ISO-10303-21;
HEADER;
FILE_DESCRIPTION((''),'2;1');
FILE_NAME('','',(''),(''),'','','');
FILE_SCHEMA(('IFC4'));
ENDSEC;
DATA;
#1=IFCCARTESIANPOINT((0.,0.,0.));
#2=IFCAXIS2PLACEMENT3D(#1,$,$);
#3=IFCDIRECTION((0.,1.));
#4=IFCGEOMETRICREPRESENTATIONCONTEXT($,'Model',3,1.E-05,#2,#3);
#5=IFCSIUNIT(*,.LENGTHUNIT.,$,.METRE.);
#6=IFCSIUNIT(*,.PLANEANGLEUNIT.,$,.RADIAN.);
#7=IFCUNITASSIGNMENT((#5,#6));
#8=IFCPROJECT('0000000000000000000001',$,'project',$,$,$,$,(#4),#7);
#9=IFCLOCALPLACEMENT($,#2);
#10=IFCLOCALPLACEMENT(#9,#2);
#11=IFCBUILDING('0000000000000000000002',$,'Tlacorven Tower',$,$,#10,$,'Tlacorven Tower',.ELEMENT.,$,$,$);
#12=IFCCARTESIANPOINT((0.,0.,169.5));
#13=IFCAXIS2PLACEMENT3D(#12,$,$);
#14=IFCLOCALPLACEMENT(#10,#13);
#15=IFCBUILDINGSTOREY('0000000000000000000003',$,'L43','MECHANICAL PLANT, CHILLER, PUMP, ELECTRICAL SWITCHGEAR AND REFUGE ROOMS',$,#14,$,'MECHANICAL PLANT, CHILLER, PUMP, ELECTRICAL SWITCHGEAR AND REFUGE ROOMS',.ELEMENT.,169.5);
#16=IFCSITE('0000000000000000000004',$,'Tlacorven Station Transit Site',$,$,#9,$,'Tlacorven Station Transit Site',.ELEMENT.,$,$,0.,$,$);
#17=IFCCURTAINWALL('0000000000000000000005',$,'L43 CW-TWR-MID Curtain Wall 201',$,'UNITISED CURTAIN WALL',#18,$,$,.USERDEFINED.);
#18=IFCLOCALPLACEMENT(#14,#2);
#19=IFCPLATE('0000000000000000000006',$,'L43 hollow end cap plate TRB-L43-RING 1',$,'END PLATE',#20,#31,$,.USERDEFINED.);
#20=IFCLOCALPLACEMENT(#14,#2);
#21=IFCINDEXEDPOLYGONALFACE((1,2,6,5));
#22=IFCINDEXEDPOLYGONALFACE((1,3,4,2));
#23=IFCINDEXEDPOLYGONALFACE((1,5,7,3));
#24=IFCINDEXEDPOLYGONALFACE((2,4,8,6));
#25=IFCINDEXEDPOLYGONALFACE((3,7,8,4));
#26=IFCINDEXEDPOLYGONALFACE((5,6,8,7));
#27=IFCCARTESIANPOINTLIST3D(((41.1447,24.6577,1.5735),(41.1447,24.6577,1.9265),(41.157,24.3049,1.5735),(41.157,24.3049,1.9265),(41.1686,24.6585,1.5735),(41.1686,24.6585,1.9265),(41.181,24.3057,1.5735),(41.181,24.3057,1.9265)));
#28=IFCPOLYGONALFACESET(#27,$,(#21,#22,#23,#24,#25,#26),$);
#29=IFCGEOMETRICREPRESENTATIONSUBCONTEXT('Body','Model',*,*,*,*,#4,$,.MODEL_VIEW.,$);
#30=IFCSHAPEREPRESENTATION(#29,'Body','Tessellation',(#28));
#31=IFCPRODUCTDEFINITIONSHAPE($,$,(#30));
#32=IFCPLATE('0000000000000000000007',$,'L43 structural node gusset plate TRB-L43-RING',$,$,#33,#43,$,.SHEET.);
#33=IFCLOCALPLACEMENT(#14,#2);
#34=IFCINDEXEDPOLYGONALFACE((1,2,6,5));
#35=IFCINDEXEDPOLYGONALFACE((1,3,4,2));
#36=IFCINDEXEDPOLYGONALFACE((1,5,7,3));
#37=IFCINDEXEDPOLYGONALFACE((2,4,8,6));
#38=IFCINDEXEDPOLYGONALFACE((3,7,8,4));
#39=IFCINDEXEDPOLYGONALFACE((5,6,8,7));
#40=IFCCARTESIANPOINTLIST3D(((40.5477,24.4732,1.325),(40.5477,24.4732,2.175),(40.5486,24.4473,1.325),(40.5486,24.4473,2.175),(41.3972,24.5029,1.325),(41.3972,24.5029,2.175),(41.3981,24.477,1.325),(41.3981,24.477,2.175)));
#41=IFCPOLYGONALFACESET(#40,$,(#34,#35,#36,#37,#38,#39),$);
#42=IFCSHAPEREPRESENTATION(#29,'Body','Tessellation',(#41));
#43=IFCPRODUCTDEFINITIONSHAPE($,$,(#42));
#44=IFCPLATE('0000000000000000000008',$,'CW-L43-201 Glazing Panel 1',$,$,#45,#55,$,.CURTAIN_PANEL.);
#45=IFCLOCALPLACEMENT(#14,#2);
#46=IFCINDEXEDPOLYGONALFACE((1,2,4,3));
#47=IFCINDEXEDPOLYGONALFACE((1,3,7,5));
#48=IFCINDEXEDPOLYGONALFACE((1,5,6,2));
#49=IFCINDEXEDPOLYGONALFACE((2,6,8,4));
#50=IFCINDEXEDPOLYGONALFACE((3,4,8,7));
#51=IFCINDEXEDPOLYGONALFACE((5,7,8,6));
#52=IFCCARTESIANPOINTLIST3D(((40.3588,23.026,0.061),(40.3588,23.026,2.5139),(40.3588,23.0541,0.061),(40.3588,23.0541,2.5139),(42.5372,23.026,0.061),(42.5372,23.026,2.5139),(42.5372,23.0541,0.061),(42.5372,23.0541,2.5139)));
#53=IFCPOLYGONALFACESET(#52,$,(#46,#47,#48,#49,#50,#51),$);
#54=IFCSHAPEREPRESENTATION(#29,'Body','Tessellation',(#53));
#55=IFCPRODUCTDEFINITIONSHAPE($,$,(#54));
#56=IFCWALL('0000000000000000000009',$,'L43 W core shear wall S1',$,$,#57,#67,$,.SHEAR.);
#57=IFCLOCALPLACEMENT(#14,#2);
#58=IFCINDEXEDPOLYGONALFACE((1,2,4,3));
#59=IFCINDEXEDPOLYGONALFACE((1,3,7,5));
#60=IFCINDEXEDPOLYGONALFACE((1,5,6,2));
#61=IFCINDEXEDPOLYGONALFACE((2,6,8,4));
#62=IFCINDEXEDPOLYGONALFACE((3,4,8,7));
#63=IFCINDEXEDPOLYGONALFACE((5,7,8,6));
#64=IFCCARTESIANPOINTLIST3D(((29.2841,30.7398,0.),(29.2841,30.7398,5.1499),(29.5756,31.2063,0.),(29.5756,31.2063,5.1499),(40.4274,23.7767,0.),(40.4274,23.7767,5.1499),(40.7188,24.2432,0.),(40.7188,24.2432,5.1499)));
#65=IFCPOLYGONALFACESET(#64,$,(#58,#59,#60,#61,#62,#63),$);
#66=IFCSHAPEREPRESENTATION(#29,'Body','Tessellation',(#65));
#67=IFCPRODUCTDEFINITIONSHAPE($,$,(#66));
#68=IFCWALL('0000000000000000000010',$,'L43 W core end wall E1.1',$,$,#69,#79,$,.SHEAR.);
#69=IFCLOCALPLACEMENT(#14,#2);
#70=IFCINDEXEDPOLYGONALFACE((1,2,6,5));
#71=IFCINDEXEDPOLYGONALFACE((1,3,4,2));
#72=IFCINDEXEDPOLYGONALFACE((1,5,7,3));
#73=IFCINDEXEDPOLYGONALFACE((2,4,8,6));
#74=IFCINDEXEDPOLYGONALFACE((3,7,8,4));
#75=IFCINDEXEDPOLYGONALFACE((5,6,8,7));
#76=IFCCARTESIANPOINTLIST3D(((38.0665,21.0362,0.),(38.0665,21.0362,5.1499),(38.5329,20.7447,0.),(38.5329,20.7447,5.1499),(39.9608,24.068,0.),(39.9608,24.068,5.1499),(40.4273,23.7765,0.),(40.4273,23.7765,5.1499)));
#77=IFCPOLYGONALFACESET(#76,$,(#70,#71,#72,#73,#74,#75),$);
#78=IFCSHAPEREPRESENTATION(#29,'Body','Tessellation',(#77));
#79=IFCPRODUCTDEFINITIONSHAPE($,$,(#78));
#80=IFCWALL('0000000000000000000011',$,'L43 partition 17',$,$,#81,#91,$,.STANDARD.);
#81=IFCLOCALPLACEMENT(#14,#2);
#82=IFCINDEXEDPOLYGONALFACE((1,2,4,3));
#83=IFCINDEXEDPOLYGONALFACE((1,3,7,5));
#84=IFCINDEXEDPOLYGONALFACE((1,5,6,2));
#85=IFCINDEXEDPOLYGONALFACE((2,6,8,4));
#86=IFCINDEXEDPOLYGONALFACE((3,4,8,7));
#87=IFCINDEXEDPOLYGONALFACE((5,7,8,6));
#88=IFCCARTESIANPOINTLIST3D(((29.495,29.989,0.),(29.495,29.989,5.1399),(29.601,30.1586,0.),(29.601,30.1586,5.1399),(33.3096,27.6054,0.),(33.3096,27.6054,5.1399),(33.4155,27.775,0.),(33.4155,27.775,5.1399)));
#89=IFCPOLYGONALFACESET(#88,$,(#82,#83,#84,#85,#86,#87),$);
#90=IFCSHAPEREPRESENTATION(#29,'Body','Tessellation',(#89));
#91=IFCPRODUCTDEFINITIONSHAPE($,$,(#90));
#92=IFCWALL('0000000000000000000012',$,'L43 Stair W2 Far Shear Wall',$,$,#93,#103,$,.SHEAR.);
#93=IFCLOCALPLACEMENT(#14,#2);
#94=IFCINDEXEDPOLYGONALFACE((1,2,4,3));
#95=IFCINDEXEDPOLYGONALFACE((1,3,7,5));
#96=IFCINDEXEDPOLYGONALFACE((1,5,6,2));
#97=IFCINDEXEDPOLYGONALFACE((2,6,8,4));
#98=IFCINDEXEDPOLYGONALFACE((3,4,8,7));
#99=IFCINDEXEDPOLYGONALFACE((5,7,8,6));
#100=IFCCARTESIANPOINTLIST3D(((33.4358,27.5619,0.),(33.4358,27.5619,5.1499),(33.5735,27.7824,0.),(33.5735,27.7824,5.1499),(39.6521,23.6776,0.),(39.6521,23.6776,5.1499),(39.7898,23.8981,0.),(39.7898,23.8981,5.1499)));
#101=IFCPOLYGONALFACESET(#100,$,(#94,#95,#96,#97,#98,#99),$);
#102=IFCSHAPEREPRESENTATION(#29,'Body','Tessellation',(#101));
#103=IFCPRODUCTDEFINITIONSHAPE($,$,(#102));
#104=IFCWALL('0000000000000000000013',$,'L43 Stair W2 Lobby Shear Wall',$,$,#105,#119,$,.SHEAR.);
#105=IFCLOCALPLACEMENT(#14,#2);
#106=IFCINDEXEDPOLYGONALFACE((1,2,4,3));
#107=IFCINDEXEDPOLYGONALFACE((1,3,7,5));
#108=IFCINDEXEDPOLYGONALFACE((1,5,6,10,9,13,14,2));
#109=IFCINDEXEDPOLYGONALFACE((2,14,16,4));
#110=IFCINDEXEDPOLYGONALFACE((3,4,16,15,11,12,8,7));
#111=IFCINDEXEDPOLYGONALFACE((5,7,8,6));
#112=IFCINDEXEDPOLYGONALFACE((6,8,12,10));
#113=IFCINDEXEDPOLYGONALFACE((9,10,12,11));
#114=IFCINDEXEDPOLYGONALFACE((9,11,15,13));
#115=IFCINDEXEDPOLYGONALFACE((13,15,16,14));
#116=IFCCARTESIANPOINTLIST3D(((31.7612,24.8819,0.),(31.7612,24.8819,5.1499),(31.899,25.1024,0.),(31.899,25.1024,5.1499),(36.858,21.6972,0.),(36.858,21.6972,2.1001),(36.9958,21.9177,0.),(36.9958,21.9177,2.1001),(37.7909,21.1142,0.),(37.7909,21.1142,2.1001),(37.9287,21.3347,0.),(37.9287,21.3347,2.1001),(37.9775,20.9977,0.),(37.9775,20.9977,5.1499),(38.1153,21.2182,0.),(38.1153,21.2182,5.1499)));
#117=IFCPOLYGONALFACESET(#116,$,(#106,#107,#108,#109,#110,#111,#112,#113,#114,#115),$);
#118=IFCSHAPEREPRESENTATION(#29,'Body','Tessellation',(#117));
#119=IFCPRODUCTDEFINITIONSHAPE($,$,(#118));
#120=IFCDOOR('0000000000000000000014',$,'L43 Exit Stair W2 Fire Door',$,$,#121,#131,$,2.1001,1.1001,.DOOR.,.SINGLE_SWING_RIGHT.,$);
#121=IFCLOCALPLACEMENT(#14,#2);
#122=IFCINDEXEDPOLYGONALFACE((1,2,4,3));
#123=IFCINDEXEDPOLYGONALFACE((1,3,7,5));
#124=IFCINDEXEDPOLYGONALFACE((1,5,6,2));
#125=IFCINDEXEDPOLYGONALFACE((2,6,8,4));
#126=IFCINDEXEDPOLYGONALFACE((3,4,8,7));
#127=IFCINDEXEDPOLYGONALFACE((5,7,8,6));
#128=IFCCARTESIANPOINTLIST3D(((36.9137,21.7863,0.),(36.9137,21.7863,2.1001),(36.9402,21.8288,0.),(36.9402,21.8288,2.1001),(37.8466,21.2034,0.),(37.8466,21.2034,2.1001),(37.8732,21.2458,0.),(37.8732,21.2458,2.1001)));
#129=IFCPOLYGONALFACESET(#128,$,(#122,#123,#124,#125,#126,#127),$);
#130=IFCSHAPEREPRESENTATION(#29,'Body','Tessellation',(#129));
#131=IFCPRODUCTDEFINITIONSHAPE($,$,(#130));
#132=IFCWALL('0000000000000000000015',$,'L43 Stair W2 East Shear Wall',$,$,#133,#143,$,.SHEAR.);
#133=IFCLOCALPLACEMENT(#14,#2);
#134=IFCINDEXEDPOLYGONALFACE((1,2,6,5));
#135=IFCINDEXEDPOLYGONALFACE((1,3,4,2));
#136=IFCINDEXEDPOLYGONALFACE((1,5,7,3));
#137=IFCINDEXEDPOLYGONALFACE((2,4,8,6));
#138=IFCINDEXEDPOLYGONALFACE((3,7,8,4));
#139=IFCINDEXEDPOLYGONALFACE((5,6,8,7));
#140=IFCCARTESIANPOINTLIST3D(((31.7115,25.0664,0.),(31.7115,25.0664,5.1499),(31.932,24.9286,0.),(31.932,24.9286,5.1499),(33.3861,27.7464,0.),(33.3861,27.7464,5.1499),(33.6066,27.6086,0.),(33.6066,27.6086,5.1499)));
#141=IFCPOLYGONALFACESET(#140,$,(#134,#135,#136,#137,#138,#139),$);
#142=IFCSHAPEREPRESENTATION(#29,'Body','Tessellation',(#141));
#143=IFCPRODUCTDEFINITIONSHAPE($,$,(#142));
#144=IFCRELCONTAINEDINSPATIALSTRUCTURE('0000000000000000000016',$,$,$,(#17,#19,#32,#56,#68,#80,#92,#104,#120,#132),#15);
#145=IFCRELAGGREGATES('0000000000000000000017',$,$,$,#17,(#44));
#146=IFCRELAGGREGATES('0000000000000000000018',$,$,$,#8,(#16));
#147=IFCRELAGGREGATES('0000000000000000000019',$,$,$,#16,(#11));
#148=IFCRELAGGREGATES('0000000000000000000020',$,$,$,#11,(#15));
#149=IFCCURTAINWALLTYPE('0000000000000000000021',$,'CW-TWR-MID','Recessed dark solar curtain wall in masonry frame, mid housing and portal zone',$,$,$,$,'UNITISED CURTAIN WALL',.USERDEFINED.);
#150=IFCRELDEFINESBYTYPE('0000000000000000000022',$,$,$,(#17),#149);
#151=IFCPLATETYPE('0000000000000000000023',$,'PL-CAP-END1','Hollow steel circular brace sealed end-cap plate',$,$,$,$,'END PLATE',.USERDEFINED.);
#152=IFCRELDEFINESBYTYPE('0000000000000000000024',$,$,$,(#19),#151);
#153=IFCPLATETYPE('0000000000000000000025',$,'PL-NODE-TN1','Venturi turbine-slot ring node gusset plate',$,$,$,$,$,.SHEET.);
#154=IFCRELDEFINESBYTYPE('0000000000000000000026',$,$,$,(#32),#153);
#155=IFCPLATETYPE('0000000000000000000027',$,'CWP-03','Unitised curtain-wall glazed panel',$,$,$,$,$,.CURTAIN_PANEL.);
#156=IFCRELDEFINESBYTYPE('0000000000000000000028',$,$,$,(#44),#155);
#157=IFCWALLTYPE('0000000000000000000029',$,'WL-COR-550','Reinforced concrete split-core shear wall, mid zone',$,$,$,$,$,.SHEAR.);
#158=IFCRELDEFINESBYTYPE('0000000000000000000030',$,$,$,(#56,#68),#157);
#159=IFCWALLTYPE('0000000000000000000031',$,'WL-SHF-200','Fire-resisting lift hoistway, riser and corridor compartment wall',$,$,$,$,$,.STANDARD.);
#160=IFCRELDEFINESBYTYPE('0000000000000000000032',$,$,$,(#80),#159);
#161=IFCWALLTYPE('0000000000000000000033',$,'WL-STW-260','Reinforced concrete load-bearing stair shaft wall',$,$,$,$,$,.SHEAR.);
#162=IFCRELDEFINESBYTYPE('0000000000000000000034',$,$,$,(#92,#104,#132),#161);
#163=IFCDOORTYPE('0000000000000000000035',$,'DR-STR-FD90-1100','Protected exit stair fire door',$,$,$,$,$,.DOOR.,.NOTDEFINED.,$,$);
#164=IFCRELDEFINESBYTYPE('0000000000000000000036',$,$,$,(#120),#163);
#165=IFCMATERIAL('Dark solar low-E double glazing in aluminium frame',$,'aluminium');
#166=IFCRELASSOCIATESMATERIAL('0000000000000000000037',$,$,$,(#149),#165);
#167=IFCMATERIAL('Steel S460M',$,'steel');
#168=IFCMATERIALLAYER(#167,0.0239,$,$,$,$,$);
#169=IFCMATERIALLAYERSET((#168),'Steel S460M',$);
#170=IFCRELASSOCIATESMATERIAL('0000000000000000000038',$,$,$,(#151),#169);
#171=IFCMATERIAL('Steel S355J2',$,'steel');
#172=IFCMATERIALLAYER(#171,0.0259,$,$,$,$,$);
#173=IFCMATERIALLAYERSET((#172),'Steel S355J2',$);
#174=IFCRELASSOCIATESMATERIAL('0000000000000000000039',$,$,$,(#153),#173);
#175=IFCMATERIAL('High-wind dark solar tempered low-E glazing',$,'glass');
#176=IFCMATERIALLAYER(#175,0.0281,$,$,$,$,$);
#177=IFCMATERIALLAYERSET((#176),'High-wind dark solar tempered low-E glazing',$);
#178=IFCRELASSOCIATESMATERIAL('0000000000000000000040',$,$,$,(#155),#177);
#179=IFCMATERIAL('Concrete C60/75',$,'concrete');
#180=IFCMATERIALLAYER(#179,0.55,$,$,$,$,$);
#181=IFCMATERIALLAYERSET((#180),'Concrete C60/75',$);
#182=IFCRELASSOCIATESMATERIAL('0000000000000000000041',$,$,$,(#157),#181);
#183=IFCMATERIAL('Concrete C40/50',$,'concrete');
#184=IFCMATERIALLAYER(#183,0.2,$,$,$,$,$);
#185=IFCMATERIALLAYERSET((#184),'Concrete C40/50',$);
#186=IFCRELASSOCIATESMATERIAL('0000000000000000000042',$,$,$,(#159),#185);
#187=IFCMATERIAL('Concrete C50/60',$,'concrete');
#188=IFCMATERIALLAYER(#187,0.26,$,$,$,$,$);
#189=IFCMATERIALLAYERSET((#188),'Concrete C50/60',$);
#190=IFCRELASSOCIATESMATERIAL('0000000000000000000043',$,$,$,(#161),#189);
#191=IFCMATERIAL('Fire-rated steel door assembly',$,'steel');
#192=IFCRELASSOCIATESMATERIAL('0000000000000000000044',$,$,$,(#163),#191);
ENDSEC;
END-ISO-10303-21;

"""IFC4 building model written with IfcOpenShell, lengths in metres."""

from ifc_helpers import new_model, si_unit, direction, frame, frame_2d, origin, origin_2d, place, context, subcontext, project, spatial, rectangle, extrude, source, transform, mapped, material, layer, layer_set, type_object, element, fill, aggregate, save


model = new_model("IFC4")

# Units and contexts
model_context = context("Model", 3, precision=1e-05, world=origin(), true_north=direction((0.0, 1.0)))
body_context = subcontext(model_context, "Body", "Model", "MODEL_VIEW")
ifc_project = project(units=[si_unit("LENGTHUNIT", "METRE"), si_unit("PLANEANGLEUNIT", "RADIAN")], contexts=[model_context])

# Site, building, storey
site_placement = place(None, origin())
site = spatial("IfcSite", under=ifc_project, at=site_placement, Name="Tlacorven Station Transit Site", LongName="Tlacorven Station Transit Site", CompositionType="ELEMENT", RefElevation=0.0)
building_placement = place(site_placement, origin())
building = spatial("IfcBuilding", under=site, at=building_placement, Name="Tlacorven Tower", LongName="Tlacorven Tower", CompositionType="ELEMENT")
storey_placement = place(building_placement, frame((0.0, 0.0, 169.5)))
storey = spatial("IfcBuildingStorey", under=building, at=storey_placement, Name="L43", Description="MECHANICAL PLANT, CHILLER, PUMP, ELECTRICAL SWITCHGEAR AND REFUGE ROOMS", LongName="MECHANICAL PLANT, CHILLER, PUMP, ELECTRICAL SWITCHGEAR AND REFUGE ROOMS", CompositionType="ELEMENT", Elevation=169.5)

# Shared definitions
ifc_material_1 = material(Name="Steel S460M", Category="steel")

# Shared definitions
ifc_material_2 = material(Name="Steel S355J2", Category="steel")

# Curtain wall
ifc_material_3 = material(Name="Dark solar low-E double glazing in aluminium frame", Category="aluminium")
curtain_wall_type = type_object("IfcCurtainWallType", Name="CW-TWR-MID", Description="Recessed dark solar curtain wall in masonry frame, mid housing and portal zone", ElementType="UNITISED CURTAIN WALL", PredefinedType="USERDEFINED", material=ifc_material_3)
curtain_wall_placement = place(storey_placement, origin())
curtain_wall = element("IfcCurtainWall", 1, at=curtain_wall_placement, inside=storey, type_object=curtain_wall_type, Name="L43 CW-TWR-MID Curtain Wall 201", ObjectType="UNITISED CURTAIN WALL", PredefinedType="USERDEFINED")

# Plates
ifc_layer_1 = layer(ifc_material_1, 0.0239)
ifc_layer_set_1 = layer_set([ifc_layer_1], Name="Steel S460M")
plate_type_1 = type_object("IfcPlateType", Name="PL-CAP-END1", Description="Hollow steel circular brace sealed end-cap plate", ElementType="END PLATE", PredefinedType="USERDEFINED", material=ifc_layer_set_1)
shared_shape_1 = source(origin(), body_context, "Body", "SweptSolid", [
    extrude(rectangle(XDim=0.0239, YDim=0.353, at=origin_2d()), origin(), (0.0, 0.0, 1.0), 0.353),
])
plate_1_placement = place(storey_placement, frame((41.1628, 24.4817, 1.5735), z_axis=(0.0, 0.0, 1.0), x_axis=(0.999391, 0.034899, 0.0)))
element("IfcPlate", 2, at=plate_1_placement, inside=storey, type_object=plate_type_1, Name="L43 hollow end cap plate TRB-L43-RING 1", ObjectType="END PLATE", PredefinedType="USERDEFINED", context=body_context, shape_type="MappedRepresentation", body=[
    mapped(shared_shape_1, transform((0.0, 0.0, 0.0), scale=1.0)),
])
ifc_layer_2 = layer(ifc_material_2, 0.0259)
ifc_layer_set_2 = layer_set([ifc_layer_2], Name="Steel S355J2")
plate_type_2 = type_object("IfcPlateType", Name="PL-NODE-TN1", Description="Venturi turbine-slot ring node gusset plate", PredefinedType="SHEET", material=ifc_layer_set_2)
shared_shape_2 = source(origin(), body_context, "Body", "SweptSolid", [
    extrude(rectangle(XDim=0.8501, YDim=0.0259, at=origin_2d()), origin(), (0.0, 0.0, 1.0), 0.8501),
])
plate_2_placement = place(storey_placement, frame((40.9729, 24.4751, 1.325), z_axis=(0.0, 0.0, 1.0), x_axis=(0.999391, 0.034899, 0.0)))
element("IfcPlate", 3, at=plate_2_placement, inside=storey, type_object=plate_type_2, Name="L43 structural node gusset plate TRB-L43-RING", PredefinedType="SHEET", context=body_context, shape_type="MappedRepresentation", body=[
    mapped(shared_shape_2, transform((0.0, 0.0, 0.0), scale=1.0)),
])

# Plate
ifc_material_4 = material(Name="High-wind dark solar tempered low-E glazing", Category="glass")
ifc_layer_3 = layer(ifc_material_4, 0.0281)
ifc_layer_set_3 = layer_set([ifc_layer_3], Name="High-wind dark solar tempered low-E glazing")
plate_type_3 = type_object("IfcPlateType", Name="CWP-03", Description="Unitised curtain-wall glazed panel", PredefinedType="CURTAIN_PANEL", material=ifc_layer_set_3)
shared_shape_3 = source(origin(), body_context, "Body", "SweptSolid", [
    extrude(rectangle(XDim=2.1785, YDim=0.0281, at=origin_2d()), origin(), (0.0, 0.0, 1.0), 2.4529),
])
plate_3_placement = place(storey_placement, frame((41.448, 23.04, 0.061), z_axis=(0.0, 0.0, 1.0), x_axis=(1.0, 0.0, 0.0)))
plate_3 = element("IfcPlate", 4, at=plate_3_placement, type_object=plate_type_3, Name="CW-L43-201 Glazing Panel 1", PredefinedType="CURTAIN_PANEL", context=body_context, shape_type="MappedRepresentation", body=[
    mapped(shared_shape_3, transform((0.0, 0.0, 0.0), scale=1.0)),
])
aggregate(curtain_wall, [plate_3])

# Walls
ifc_material_5 = material(Name="Concrete C60/75", Category="concrete")
ifc_layer_4 = layer(ifc_material_5, 0.55)
ifc_layer_set_4 = layer_set([ifc_layer_4], Name="Concrete C60/75")
wall_type_1 = type_object("IfcWallType", Name="WL-COR-550", Description="Reinforced concrete split-core shear wall, mid zone", PredefinedType="SHEAR", material=ifc_layer_set_4)
wall_1_placement = place(storey_placement, frame((40.573, 24.01, 0.0), z_axis=(0.0, 0.0, 1.0), x_axis=(-0.848047, 0.52992, 0.0)))
element("IfcWall", 5, at=wall_1_placement, inside=storey, type_object=wall_type_1, Name="L43 W core shear wall S1", PredefinedType="SHEAR", context=body_context, shape_type="SweptSolid", body=[
    extrude(rectangle(XDim=13.1399, YDim=0.55, at=frame_2d((6.5698, 0.0))), origin(), (0.0, 0.0, 1.0), 5.1499),
])
wall_2_placement = place(storey_placement, frame((40.1941, 23.9224, 0.0), z_axis=(0.0, 0.0, 1.0), x_axis=(-0.529888, -0.848067, 0.0)))
element("IfcWall", 6, at=wall_2_placement, inside=storey, type_object=wall_type_1, Name="L43 W core end wall E1.1", PredefinedType="SHEAR", context=body_context, shape_type="SweptSolid", body=[
    extrude(rectangle(XDim=3.575, YDim=0.55, at=frame_2d((1.7876, 0.0))), origin(), (0.0, 0.0, 1.0), 5.1499),
])
ifc_material_6 = material(Name="Concrete C40/50", Category="concrete")
ifc_layer_5 = layer(ifc_material_6, 0.2)
ifc_layer_set_5 = layer_set([ifc_layer_5], Name="Concrete C40/50")
wall_type_2 = type_object("IfcWallType", Name="WL-SHF-200", Description="Fire-resisting lift hoistway, riser and corridor compartment wall", PredefinedType="STANDARD", material=ifc_layer_set_5)
wall_3_placement = place(storey_placement, frame((33.3625, 27.6902, 0.0), z_axis=(0.0, 0.0, 1.0), x_axis=(-0.848047, 0.529921, 0.0)))
element("IfcWall", 7, at=wall_3_placement, inside=storey, type_object=wall_type_2, Name="L43 partition 17", PredefinedType="STANDARD", context=body_context, shape_type="SweptSolid", body=[
    extrude(rectangle(XDim=4.498, YDim=0.2, at=frame_2d((2.249, 0.0))), origin(), (0.0, 0.0, 1.0), 5.1399),
])
ifc_material_7 = material(Name="Concrete C50/60", Category="concrete")
ifc_layer_6 = layer(ifc_material_7, 0.26)
ifc_layer_set_6 = layer_set([ifc_layer_6], Name="Concrete C50/60")
wall_type_3 = type_object("IfcWallType", Name="WL-STW-260", Description="Reinforced concrete load-bearing stair shaft wall", PredefinedType="SHEAR", material=ifc_layer_set_6)
wall_4_placement = place(storey_placement, frame((39.7209, 23.7878, 0.0), z_axis=(0.0, 0.0, 1.0), x_axis=(-0.848054, 0.529909, 0.0)))
element("IfcWall", 8, at=wall_4_placement, inside=storey, type_object=wall_type_3, Name="L43 Stair W2 Far Shear Wall", PredefinedType="SHEAR", context=body_context, shape_type="SweptSolid", body=[
    extrude(rectangle(XDim=7.3301, YDim=0.26, at=frame_2d((3.665, 0.0))), origin(), (0.0, 0.0, 1.0), 5.1499),
])

# Wall, opening, door
wall_5_placement = place(storey_placement, frame((38.0464, 21.1079, 0.0), z_axis=(0.0, 0.0, 1.0), x_axis=(-0.848054, 0.529909, 0.0)))
wall_5 = element("IfcWall", 9, at=wall_5_placement, inside=storey, type_object=wall_type_3, Name="L43 Stair W2 Lobby Shear Wall", PredefinedType="SHEAR", context=body_context, shape_type="SweptSolid", body=[
    extrude(rectangle(XDim=7.3301, YDim=0.26, at=frame_2d((3.665, 0.0))), origin(), (0.0, 0.0, 1.0), 5.1499),
])
opening_placement = place(wall_5_placement, frame((0.22, 0.0, 0.0)))
opening = element("IfcOpeningElement", 10, at=opening_placement, cuts=wall_5, PredefinedType="OPENING", context=body_context, shape_type="SweptSolid", body=[
    extrude(rectangle(XDim=1.1001, YDim=2.1001, at=frame_2d((0.55, 1.05))), frame((0.0, 0.1401, 0.0), z_axis=(0.0, -1.0, 0.0), x_axis=(1.0, 0.0, 0.0)), (0.0, 0.0, 1.0), 0.28),
])
ifc_material_8 = material(Name="Fire-rated steel door assembly", Category="steel")
door_type = type_object("IfcDoorType", Name="DR-STR-FD90-1100", Description="Protected exit stair fire door", OperationType="NOTDEFINED", PredefinedType="DOOR", material=ifc_material_8)
shared_shape_4 = source(origin(), body_context, "Body", "SweptSolid", [
    extrude(rectangle(XDim=1.1001, YDim=2.1001, at=frame_2d((0.55, 1.05))), frame((0.0, 0.0249, 0.0), z_axis=(0.0, -1.0, 0.0), x_axis=(1.0, 0.0, 0.0)), (0.0, 0.0, 1.0), 0.05),
])
door_placement = place(opening_placement, origin())
door = element("IfcDoor", 11, at=door_placement, inside=storey, type_object=door_type, Name="L43 Exit Stair W2 Fire Door", OperationType="SINGLE_SWING_RIGHT", OverallHeight=2.1001, OverallWidth=1.1001, PredefinedType="DOOR", context=body_context, shape_type="MappedRepresentation", body=[
    mapped(shared_shape_4, transform((0.0, 0.0, 0.0), scale=1.0)),
])
fill(opening, door)

# Wall
wall_6_placement = place(storey_placement, frame((33.4963, 27.6775, 0.0), z_axis=(0.0, 0.0, 1.0), x_axis=(-0.529909, -0.848055, 0.0)))
element("IfcWall", 12, at=wall_6_placement, inside=storey, type_object=wall_type_3, Name="L43 Stair W2 East Shear Wall", PredefinedType="SHEAR", context=body_context, shape_type="SweptSolid", body=[
    extrude(rectangle(XDim=3.1602, YDim=0.26, at=frame_2d((1.5801, 0.0))), origin(), (0.0, 0.0, 1.0), 5.1499),
])

save(model, "model.ifc")
